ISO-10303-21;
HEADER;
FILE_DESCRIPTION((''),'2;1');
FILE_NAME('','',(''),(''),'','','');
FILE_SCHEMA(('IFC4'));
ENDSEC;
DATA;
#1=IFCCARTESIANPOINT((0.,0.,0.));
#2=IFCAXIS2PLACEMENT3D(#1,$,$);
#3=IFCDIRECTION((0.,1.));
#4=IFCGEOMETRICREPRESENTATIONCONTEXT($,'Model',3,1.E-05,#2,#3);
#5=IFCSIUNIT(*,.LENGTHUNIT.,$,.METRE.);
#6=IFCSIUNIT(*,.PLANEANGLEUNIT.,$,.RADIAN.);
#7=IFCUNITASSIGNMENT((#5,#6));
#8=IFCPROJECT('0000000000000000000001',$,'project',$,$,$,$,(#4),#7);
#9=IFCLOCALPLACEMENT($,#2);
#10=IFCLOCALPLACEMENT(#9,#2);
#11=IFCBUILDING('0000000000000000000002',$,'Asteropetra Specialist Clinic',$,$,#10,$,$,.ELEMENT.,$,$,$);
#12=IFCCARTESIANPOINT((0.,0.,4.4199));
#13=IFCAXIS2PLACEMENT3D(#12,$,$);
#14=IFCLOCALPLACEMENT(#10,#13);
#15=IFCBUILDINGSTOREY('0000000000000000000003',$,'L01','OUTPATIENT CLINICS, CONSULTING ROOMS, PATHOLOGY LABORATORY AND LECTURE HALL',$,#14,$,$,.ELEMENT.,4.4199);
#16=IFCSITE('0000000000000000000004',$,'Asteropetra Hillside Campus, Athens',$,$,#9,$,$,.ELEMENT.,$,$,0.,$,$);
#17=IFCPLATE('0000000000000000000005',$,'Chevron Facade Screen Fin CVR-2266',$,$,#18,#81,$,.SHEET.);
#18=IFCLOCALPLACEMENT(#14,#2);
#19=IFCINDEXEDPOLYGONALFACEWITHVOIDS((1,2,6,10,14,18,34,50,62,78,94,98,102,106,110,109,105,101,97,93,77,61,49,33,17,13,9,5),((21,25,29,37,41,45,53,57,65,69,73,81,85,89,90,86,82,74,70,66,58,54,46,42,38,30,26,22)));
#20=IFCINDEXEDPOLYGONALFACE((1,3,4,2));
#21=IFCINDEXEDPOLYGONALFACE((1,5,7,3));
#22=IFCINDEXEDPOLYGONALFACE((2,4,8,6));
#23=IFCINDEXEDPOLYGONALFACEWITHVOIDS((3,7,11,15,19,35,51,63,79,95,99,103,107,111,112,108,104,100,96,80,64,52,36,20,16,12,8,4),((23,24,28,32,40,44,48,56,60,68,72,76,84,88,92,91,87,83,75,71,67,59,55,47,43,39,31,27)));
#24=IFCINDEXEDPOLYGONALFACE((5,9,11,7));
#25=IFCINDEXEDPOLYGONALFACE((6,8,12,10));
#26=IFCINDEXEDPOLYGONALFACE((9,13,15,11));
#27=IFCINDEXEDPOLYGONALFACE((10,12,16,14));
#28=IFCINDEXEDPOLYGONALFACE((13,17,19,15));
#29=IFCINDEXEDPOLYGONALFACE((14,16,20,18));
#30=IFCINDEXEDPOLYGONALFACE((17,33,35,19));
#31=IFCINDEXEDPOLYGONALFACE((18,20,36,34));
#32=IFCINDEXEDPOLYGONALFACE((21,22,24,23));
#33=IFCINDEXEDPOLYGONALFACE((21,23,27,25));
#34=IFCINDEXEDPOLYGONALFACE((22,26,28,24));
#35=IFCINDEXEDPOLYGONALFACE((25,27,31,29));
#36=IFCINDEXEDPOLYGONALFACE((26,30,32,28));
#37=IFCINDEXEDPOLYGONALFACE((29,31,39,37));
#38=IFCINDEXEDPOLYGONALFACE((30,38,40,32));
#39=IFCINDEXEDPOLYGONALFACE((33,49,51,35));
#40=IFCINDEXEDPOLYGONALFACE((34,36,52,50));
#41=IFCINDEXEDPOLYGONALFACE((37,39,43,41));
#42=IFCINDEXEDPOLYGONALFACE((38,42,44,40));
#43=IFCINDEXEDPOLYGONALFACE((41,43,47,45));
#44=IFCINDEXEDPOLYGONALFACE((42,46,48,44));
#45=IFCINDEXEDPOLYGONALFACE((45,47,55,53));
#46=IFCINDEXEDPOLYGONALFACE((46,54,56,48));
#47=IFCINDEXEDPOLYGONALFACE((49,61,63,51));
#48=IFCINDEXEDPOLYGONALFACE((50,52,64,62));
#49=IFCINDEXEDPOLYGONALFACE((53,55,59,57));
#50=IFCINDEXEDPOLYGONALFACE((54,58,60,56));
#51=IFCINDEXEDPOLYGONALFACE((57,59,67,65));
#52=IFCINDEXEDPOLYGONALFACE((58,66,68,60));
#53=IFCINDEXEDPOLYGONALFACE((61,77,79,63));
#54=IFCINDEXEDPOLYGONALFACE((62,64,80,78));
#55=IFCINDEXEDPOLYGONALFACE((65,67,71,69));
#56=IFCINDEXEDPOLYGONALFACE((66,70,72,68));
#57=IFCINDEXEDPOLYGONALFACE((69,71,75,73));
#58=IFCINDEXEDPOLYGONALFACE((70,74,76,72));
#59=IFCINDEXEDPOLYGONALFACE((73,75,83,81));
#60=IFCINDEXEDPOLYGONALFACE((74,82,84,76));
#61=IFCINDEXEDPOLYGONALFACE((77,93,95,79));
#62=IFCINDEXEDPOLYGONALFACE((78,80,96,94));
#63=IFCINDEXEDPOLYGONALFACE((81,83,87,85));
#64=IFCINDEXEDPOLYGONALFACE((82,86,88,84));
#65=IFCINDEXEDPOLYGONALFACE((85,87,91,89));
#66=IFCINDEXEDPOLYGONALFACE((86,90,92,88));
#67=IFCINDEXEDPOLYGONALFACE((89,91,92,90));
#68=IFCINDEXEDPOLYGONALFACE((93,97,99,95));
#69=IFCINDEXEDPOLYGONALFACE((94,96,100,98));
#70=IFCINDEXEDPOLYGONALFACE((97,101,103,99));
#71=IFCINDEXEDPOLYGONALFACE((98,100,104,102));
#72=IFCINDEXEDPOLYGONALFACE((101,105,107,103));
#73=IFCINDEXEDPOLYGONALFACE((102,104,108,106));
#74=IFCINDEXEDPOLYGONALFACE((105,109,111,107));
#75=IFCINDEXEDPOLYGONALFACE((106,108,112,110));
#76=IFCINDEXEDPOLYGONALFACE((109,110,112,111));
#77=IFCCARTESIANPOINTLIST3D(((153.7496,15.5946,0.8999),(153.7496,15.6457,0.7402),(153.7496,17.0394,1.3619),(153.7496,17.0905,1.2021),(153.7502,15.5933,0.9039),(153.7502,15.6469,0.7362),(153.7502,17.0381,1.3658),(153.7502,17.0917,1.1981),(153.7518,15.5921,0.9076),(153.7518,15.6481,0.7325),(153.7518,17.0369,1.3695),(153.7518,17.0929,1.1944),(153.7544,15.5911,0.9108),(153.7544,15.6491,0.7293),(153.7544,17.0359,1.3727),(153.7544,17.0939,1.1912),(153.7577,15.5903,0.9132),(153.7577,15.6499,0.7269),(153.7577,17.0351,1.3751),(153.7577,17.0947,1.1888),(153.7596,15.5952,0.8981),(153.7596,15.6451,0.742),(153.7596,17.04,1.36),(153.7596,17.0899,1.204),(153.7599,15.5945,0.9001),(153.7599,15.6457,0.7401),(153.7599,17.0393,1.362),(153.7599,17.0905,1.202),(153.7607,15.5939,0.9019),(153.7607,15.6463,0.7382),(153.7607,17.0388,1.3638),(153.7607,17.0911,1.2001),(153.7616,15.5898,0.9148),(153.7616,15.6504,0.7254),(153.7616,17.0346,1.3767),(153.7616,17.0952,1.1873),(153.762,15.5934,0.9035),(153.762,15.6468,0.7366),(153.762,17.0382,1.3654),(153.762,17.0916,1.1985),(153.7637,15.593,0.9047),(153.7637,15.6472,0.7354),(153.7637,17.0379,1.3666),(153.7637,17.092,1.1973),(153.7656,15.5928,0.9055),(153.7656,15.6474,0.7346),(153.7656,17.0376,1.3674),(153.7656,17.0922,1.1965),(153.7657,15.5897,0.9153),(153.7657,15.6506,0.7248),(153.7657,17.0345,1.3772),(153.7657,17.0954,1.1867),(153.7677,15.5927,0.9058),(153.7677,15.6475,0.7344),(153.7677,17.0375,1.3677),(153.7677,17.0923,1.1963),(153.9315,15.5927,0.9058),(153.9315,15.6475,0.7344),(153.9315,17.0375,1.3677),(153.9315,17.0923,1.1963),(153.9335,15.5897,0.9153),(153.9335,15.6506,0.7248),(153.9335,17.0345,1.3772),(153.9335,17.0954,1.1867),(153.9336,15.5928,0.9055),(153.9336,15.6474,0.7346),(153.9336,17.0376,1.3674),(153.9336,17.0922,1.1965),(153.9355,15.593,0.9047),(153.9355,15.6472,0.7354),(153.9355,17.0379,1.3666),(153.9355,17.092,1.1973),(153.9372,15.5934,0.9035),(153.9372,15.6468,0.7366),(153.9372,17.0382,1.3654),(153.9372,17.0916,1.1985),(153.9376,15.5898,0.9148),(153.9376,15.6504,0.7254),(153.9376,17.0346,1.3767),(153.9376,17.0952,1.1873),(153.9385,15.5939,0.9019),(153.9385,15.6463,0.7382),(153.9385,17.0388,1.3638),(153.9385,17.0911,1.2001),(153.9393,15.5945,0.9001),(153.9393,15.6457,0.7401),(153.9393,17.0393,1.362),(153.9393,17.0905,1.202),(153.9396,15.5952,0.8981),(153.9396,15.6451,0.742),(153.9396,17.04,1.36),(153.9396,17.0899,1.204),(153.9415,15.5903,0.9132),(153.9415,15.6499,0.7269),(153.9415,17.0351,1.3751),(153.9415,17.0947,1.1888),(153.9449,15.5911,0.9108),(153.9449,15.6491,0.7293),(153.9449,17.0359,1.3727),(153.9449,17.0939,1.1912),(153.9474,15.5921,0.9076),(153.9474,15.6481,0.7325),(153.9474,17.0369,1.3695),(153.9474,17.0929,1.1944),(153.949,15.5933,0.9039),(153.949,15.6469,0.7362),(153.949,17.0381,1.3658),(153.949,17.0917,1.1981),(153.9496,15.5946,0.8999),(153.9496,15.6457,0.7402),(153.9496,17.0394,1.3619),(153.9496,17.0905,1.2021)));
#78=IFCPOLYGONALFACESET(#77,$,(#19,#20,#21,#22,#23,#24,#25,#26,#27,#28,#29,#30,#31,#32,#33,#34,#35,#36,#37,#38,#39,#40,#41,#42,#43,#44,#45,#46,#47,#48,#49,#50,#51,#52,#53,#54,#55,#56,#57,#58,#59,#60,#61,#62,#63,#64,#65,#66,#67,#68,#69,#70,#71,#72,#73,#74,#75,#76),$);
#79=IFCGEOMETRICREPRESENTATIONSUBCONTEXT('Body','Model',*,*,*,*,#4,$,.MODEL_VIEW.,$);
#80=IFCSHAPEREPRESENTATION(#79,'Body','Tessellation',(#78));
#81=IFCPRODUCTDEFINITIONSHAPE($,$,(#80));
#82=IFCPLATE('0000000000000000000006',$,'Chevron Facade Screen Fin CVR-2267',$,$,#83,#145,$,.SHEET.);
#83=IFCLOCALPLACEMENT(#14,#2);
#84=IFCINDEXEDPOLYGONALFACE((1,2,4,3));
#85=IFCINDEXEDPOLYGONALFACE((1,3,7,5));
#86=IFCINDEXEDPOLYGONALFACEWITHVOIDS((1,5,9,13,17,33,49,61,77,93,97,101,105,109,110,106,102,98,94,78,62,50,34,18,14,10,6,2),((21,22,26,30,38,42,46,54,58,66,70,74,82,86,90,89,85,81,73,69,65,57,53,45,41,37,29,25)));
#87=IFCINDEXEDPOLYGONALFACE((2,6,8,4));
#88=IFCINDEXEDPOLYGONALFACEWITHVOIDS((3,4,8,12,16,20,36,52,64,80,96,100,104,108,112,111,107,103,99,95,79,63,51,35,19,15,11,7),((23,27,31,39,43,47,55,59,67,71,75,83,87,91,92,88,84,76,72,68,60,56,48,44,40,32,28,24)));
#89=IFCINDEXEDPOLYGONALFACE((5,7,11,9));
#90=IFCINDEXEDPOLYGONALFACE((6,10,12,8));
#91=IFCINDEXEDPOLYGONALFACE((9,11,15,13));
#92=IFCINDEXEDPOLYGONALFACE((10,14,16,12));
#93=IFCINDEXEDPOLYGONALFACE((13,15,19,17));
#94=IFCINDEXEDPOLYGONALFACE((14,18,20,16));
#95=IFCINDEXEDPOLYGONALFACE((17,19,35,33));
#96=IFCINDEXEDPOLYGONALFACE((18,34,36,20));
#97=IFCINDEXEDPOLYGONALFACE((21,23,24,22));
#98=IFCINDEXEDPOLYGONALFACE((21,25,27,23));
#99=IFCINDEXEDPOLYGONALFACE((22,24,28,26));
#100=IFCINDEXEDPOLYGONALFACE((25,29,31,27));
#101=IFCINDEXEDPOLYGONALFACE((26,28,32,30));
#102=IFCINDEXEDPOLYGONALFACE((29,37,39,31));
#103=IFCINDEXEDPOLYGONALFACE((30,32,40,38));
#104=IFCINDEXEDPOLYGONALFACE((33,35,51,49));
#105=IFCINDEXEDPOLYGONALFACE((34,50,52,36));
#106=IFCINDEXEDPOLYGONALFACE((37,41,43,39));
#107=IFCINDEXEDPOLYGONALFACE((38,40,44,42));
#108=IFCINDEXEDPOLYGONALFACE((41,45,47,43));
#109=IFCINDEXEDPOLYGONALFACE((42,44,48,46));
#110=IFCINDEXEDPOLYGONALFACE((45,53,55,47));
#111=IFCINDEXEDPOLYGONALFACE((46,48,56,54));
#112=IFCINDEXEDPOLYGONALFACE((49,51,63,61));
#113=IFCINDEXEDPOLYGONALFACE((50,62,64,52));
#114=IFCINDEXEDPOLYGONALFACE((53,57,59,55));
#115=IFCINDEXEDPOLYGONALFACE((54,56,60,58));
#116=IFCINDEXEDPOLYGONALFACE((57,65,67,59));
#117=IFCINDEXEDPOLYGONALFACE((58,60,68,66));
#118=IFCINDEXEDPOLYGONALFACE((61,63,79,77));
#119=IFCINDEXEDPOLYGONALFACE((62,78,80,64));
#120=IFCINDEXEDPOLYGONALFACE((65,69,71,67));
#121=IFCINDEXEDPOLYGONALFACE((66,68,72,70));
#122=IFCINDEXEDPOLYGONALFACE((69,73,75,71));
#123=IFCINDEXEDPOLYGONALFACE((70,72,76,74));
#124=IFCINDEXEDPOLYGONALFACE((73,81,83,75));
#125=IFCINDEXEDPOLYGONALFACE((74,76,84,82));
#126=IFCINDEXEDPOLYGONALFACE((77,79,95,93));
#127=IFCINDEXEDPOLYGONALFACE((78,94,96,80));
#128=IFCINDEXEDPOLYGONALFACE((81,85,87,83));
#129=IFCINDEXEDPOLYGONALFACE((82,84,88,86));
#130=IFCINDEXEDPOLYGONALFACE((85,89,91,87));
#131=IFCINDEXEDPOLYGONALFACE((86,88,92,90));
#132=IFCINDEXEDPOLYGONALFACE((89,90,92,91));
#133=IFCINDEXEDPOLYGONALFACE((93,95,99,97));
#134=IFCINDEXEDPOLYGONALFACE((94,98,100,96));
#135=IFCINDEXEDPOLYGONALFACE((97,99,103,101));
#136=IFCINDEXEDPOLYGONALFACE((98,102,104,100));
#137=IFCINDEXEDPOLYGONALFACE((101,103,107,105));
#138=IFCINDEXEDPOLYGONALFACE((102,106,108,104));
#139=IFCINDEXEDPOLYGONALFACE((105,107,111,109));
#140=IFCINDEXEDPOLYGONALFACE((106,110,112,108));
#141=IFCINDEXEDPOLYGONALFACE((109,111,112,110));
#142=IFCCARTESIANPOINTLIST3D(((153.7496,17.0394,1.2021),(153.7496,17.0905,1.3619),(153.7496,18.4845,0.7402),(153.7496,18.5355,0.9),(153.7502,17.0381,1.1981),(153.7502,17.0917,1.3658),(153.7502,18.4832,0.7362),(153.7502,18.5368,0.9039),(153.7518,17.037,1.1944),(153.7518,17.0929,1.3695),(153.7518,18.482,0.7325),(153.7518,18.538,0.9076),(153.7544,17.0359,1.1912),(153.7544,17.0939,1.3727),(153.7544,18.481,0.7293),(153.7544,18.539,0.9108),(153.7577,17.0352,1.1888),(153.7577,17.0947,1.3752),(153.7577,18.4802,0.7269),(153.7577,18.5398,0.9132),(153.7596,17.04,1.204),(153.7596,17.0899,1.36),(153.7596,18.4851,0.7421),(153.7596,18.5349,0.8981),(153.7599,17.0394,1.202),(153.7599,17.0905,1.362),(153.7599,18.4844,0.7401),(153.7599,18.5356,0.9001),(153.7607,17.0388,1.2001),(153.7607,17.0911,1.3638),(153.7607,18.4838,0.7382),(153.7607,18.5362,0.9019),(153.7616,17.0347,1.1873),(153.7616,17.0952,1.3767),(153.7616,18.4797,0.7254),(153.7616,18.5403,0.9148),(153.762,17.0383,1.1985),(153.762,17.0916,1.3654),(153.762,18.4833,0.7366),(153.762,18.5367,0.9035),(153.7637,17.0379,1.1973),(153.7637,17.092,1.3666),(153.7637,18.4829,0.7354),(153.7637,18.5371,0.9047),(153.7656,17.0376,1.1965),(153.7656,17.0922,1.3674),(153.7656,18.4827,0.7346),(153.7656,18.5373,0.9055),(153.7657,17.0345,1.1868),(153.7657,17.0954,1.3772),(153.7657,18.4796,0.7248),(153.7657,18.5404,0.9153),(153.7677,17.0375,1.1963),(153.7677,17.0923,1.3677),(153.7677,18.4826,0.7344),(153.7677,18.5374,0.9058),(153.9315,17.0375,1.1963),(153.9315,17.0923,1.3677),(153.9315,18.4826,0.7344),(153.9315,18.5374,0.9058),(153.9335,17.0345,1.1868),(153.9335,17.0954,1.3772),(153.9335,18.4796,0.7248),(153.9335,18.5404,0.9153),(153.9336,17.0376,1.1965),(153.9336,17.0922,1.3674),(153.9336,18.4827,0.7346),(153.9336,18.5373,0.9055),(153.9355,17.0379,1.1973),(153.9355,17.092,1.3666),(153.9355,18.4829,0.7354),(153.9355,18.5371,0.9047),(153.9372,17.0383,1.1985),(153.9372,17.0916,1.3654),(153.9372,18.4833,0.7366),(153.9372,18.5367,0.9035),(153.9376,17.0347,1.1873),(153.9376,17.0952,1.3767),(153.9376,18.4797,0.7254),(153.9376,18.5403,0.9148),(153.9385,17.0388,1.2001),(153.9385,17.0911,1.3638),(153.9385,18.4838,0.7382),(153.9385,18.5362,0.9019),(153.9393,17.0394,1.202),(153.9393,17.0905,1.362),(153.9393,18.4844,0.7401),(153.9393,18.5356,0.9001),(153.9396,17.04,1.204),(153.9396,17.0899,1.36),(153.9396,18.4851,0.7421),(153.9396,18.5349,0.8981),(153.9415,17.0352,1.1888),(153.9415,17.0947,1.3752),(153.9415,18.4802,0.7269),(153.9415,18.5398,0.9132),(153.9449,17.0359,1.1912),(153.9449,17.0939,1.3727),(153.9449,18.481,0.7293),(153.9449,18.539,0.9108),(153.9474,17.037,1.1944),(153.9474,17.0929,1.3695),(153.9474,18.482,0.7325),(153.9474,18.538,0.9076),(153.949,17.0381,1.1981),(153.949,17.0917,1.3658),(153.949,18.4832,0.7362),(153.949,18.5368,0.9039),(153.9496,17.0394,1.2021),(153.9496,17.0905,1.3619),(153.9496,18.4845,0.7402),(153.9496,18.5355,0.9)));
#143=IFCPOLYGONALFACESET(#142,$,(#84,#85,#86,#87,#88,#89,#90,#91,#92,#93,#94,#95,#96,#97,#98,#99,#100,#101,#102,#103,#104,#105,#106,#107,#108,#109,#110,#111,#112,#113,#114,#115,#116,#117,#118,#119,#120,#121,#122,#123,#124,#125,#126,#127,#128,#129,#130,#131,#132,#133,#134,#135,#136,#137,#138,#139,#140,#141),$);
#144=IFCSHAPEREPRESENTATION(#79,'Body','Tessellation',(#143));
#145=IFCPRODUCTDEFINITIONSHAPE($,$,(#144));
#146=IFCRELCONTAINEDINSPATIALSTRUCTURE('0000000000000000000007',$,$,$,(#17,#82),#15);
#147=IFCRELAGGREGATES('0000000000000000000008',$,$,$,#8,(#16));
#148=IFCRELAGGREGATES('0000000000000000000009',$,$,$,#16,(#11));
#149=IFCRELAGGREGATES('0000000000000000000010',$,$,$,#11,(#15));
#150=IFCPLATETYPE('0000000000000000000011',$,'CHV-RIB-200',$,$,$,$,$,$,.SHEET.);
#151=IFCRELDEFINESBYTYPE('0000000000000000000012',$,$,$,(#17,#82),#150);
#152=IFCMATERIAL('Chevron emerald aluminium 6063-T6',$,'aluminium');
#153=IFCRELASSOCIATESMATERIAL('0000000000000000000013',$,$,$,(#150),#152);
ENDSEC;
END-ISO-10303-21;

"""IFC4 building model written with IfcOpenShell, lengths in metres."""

from ifc_helpers import new_model, si_unit, direction, frame, origin, origin_2d, place, context, subcontext, project, spatial, hollow_rectangle, extrude, material, material_profile, profile_set, type_object, element, save


model = new_model("IFC4")

# Units and contexts
model_context = context("Model", 3, precision=1e-05, world=origin(), true_north=direction((0.0, 1.0)))
body_context = subcontext(model_context, "Body", "Model", "MODEL_VIEW")
ifc_project = project(units=[si_unit("LENGTHUNIT", "METRE"), si_unit("PLANEANGLEUNIT", "RADIAN")], contexts=[model_context])

# Site, building, storey
site_placement = place(None, origin())
site = spatial("IfcSite", under=ifc_project, at=site_placement, Name="Asteropetra Hillside Campus, Athens", CompositionType="ELEMENT", RefElevation=0.0)
building_placement = place(site_placement, origin())
building = spatial("IfcBuilding", under=site, at=building_placement, Name="Asteropetra Specialist Clinic", CompositionType="ELEMENT")
storey_placement = place(building_placement, frame((0.0, 0.0, 4.4199)))
storey = spatial("IfcBuildingStorey", under=building, at=storey_placement, Name="L01", Description="OUTPATIENT CLINICS, CONSULTING ROOMS, PATHOLOGY LABORATORY AND LECTURE HALL", CompositionType="ELEMENT", Elevation=4.4199)

# Plates
ifc_material_1 = material(Name="Chevron emerald aluminium 6063-T6", Category="aluminium")
ifc_material_profile = material_profile(ifc_material_1, hollow_rectangle(XDim=0.2, YDim=0.2, WallThickness=0.01, InnerFilletRadius=0.0081, OuterFilletRadius=0.0161, at=origin_2d()), Name="SHS 200x200x10.0")
ifc_profile_set = profile_set([ifc_material_profile], Name="Chevron emerald aluminium 6063-T6")
plate_type = type_object("IfcPlateType", Name="CHV-RIB-200", PredefinedType="SHEET", material=ifc_profile_set)
plate_1_placement = place(storey_placement, frame((153.8496, 15.6201, 0.8201), z_axis=(0.0, 0.952506, 0.304519), x_axis=(-1.0, 0.0, 0.0)))
element("IfcPlate", 1, at=plate_1_placement, inside=storey, type_object=plate_type, Name="Chevron Facade Screen Fin CVR-2266", PredefinedType="SHEET", context=body_context, shape_type="SweptSolid", body=[
    extrude(hollow_rectangle(XDim=0.2, YDim=0.2, WallThickness=0.01, InnerFilletRadius=0.0081, OuterFilletRadius=0.0161, at=origin_2d()), origin(), (0.0, 0.0, 1.0), 1.5168),
])
plate_2_placement = place(storey_placement, frame((153.8496, 17.0649, 1.282), z_axis=(0.0, 0.952521, -0.304472), x_axis=(-1.0, 0.0, 0.0)))
element("IfcPlate", 2, at=plate_2_placement, inside=storey, type_object=plate_type, Name="Chevron Facade Screen Fin CVR-2267", PredefinedType="SHEET", context=body_context, shape_type="SweptSolid", body=[
    extrude(hollow_rectangle(XDim=0.2, YDim=0.2, WallThickness=0.01, InnerFilletRadius=0.0081, OuterFilletRadius=0.0161, at=origin_2d()), origin(), (0.0, 0.0, 1.0), 1.5171),
])

save(model, "model.ifc")
